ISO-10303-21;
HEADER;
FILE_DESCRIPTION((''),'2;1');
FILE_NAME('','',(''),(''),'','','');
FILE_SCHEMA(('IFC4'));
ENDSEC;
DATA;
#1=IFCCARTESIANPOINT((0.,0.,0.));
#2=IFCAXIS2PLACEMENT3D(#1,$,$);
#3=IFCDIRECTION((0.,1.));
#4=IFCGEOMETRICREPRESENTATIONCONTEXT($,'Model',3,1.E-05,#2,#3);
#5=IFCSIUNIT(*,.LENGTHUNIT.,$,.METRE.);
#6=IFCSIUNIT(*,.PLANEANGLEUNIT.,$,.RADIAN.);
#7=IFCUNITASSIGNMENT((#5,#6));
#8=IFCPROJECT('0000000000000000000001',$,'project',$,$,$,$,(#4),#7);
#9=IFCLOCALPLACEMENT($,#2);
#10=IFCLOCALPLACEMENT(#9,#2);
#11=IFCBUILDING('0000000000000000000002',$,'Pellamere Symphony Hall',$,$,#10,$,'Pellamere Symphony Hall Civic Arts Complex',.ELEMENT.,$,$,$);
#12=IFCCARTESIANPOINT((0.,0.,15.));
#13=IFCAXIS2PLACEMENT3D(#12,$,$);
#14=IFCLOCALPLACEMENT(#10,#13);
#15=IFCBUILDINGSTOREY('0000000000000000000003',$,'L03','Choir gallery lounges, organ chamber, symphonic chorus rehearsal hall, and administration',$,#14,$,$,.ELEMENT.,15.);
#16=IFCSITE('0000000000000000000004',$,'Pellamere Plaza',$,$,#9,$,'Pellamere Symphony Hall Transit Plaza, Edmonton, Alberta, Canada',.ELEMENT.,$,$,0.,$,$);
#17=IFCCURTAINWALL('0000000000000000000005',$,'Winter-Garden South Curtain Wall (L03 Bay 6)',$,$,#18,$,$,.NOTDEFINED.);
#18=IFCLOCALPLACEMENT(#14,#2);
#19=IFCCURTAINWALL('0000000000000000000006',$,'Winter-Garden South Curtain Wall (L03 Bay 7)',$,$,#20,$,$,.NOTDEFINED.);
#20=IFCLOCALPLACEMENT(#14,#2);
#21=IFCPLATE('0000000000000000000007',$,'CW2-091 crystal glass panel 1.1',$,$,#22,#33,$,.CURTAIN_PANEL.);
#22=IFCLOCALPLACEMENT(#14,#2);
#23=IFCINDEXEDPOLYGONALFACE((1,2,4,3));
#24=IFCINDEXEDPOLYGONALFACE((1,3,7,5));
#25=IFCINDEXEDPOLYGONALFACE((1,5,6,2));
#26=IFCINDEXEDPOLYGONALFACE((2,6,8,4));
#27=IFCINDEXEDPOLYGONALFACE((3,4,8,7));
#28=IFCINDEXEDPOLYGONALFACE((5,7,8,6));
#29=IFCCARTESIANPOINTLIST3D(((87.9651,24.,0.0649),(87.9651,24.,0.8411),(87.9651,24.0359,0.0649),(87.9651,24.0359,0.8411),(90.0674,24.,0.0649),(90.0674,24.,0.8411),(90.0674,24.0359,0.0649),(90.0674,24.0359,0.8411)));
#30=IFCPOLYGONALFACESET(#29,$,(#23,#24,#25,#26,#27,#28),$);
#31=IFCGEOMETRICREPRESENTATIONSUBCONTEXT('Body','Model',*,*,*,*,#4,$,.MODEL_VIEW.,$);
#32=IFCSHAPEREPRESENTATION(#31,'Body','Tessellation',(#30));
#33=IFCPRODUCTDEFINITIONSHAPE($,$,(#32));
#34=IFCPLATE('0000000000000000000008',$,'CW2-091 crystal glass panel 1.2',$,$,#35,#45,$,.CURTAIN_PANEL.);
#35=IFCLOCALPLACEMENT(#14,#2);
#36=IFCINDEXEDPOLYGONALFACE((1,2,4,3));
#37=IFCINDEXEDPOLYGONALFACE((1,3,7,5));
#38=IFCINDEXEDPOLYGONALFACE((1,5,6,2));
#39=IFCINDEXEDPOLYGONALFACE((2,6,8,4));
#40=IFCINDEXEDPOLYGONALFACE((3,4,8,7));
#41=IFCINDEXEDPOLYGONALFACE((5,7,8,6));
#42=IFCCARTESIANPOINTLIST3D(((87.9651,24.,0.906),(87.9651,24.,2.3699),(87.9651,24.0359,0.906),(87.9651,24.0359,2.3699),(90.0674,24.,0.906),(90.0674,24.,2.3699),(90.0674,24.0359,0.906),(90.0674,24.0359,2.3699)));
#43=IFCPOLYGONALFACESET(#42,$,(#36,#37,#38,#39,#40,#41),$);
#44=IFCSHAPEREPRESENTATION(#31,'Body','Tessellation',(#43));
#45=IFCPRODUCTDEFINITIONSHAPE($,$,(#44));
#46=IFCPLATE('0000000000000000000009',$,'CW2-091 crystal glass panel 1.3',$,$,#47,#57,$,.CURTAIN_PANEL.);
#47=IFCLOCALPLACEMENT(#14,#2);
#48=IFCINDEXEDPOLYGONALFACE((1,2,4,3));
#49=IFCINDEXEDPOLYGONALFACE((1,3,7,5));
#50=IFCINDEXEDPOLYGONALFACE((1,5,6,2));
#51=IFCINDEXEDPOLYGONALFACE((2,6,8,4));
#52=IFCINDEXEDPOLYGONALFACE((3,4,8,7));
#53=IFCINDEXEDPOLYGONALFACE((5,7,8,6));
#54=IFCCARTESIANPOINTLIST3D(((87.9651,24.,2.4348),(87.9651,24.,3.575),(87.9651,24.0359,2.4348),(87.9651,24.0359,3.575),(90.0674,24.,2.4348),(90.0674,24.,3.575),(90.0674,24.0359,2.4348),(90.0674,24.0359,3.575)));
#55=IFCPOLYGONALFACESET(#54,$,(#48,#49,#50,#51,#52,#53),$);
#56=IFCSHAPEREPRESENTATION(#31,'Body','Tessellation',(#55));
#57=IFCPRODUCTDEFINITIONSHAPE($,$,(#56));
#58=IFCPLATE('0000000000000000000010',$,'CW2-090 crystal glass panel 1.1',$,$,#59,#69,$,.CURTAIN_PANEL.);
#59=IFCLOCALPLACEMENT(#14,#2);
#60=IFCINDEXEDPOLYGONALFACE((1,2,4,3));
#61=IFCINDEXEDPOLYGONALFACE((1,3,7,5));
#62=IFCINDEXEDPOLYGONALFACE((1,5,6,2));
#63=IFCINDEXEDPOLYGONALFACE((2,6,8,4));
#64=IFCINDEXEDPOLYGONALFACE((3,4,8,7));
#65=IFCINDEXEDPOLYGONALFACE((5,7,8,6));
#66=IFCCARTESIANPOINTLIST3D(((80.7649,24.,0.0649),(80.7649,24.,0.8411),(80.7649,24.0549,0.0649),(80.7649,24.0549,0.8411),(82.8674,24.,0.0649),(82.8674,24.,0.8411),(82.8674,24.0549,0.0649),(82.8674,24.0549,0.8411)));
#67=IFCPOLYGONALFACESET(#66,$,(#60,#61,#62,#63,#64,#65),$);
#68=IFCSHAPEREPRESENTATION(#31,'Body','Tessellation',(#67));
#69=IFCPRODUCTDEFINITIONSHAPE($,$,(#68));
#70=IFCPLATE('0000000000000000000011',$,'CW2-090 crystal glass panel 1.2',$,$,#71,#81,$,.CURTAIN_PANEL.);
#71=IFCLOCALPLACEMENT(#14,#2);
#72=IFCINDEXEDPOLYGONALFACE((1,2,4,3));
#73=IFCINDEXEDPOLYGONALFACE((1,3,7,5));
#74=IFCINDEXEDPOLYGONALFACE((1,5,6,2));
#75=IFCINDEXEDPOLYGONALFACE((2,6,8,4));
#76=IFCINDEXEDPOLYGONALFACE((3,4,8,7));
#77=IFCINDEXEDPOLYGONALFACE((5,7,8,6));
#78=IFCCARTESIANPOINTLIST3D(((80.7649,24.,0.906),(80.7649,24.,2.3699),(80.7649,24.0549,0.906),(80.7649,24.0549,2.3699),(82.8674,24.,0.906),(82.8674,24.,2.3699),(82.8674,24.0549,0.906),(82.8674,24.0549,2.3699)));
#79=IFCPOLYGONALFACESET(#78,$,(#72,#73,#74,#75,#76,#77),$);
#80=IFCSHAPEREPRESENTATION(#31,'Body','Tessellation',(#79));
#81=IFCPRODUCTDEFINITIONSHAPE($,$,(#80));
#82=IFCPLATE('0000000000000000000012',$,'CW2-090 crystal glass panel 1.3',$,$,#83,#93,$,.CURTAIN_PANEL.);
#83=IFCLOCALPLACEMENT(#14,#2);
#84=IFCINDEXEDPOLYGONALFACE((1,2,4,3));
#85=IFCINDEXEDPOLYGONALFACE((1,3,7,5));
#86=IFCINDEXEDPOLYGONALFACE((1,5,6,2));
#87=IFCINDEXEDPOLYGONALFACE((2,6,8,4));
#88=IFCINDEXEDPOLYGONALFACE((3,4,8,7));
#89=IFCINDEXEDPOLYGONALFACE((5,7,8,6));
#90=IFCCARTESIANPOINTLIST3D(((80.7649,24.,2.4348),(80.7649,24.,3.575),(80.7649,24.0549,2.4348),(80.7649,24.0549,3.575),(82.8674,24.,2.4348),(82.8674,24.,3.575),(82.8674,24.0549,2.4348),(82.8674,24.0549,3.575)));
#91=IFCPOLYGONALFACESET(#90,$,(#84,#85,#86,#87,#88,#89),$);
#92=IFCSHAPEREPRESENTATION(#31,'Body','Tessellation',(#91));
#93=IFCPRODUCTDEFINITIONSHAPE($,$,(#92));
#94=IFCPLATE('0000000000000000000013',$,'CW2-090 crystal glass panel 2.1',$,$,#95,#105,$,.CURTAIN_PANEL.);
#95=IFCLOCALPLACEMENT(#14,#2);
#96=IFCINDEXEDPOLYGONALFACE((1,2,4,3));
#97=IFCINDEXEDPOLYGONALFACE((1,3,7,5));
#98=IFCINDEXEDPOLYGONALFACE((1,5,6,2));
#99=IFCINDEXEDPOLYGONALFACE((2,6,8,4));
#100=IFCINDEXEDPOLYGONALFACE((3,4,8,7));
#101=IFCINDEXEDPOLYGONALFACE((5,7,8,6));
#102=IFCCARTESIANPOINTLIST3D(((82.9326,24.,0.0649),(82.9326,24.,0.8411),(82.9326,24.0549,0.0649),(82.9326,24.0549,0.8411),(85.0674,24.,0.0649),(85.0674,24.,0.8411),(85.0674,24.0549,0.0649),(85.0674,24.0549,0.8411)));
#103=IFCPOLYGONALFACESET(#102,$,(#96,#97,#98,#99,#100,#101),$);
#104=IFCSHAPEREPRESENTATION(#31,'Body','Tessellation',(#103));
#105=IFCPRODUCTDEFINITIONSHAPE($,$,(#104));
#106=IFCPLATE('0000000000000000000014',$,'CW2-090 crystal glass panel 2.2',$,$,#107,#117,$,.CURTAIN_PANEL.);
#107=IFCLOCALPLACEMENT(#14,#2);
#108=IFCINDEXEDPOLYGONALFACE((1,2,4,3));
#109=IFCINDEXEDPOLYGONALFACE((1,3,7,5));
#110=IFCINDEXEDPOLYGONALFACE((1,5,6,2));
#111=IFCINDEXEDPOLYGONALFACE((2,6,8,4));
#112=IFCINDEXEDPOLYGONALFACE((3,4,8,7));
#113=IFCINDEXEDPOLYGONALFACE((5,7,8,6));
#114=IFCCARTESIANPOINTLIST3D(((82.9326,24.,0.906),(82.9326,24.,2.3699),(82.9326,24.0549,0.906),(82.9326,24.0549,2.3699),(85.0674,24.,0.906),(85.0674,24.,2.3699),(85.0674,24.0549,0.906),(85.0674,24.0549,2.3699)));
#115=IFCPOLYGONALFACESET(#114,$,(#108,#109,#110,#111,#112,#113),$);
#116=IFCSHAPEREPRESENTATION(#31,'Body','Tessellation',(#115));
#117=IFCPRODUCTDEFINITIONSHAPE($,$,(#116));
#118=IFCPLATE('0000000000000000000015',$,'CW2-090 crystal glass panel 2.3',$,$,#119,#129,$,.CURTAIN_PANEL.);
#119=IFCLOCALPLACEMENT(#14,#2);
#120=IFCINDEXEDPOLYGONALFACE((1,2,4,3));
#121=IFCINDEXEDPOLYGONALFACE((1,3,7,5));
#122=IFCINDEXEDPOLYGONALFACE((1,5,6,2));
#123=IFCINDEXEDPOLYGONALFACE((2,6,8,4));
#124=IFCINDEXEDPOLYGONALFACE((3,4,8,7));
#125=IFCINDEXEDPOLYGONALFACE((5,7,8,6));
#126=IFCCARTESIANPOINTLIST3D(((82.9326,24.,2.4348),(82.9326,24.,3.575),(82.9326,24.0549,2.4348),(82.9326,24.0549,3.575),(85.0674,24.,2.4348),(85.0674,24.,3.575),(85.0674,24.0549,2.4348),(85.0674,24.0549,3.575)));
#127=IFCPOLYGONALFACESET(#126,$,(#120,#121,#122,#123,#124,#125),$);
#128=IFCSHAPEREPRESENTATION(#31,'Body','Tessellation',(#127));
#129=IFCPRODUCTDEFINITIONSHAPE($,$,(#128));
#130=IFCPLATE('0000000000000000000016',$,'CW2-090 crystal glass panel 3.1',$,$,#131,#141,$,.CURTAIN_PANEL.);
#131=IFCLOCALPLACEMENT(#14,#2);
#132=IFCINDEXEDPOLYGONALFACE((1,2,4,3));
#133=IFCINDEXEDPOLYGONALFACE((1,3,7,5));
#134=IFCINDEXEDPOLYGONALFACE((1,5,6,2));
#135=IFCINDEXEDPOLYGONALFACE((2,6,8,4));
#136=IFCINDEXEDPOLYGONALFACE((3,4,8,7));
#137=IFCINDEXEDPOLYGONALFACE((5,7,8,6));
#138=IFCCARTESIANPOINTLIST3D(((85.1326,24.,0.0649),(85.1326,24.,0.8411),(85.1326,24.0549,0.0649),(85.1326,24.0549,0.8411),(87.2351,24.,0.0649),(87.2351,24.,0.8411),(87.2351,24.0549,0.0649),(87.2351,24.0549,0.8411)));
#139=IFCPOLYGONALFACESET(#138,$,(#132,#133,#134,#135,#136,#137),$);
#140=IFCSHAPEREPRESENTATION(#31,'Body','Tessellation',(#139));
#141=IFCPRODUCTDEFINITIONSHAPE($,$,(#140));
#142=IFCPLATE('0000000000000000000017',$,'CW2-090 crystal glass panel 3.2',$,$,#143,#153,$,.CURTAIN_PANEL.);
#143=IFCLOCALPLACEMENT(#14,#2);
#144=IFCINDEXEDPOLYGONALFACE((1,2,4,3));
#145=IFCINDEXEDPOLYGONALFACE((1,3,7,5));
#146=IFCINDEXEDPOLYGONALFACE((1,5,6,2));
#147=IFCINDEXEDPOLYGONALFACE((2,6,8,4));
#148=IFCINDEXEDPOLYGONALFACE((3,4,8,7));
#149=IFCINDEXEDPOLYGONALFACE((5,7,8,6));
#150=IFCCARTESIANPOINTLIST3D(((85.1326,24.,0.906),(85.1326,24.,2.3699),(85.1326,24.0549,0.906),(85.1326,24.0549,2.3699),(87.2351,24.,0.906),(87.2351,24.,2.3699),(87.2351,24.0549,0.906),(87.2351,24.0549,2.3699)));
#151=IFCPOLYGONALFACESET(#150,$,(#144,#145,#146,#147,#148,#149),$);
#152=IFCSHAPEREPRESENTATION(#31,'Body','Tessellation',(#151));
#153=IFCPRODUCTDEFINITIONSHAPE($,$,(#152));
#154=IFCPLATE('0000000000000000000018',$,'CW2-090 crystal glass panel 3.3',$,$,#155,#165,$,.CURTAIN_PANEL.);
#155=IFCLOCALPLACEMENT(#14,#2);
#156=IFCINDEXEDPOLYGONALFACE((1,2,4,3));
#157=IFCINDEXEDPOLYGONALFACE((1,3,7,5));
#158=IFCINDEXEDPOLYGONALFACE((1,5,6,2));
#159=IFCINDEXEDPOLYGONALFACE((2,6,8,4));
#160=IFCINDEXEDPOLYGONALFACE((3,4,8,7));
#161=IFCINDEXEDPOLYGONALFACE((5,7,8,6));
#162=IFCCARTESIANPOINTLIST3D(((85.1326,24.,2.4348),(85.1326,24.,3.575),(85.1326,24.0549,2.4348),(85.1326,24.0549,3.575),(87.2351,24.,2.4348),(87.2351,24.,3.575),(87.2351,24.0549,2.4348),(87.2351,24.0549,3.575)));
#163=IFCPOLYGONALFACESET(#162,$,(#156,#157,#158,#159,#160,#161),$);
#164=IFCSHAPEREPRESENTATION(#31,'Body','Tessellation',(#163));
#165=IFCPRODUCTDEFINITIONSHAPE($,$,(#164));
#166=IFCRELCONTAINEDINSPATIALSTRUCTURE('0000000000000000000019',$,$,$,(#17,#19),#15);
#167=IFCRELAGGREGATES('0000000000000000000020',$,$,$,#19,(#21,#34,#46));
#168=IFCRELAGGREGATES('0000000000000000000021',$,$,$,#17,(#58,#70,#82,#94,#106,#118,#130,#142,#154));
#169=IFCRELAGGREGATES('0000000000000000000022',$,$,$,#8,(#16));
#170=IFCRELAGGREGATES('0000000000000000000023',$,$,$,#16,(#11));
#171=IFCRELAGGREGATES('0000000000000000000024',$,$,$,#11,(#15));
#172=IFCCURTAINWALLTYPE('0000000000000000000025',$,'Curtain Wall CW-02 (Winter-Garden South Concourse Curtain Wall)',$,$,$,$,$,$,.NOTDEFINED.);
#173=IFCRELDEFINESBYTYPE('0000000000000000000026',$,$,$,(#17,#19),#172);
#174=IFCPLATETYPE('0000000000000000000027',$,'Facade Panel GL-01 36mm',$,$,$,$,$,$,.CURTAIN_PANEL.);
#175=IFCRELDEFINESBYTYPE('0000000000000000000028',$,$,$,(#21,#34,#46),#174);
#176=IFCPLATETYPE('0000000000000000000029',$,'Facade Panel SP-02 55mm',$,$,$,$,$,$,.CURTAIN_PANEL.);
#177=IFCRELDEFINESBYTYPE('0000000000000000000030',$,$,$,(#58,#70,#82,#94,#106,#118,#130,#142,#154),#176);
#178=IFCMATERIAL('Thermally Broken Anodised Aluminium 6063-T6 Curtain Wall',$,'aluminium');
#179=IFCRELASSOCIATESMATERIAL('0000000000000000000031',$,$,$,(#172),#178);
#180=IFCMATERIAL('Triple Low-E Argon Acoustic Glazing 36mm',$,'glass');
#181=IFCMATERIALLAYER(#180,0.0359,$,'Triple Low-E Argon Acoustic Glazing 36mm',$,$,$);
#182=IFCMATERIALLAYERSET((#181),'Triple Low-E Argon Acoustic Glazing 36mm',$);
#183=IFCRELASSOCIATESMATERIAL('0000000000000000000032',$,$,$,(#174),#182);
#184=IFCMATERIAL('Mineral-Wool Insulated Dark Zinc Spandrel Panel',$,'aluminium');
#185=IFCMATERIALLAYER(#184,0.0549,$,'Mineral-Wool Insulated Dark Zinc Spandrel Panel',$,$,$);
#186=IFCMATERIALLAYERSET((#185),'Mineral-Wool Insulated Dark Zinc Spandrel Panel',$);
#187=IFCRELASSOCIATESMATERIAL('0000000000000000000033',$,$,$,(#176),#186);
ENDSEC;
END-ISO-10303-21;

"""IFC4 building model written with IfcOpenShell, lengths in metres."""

from ifc_helpers import new_model, si_unit, direction, frame, origin, place, context, subcontext, project, spatial, polyline, outline, extrude, material, layer, layer_set, type_object, element, aggregate, save


model = new_model("IFC4")

# Units and contexts
model_context = context("Model", 3, precision=1e-05, world=origin(), true_north=direction((0.0, 1.0)))
body_context = subcontext(model_context, "Body", "Model", "MODEL_VIEW")
ifc_project = project(units=[si_unit("LENGTHUNIT", "METRE"), si_unit("PLANEANGLEUNIT", "RADIAN")], contexts=[model_context])

# Site, building, storey
site_placement = place(None, origin())
site = spatial("IfcSite", under=ifc_project, at=site_placement, Name="Pellamere Plaza", LongName="Pellamere Symphony Hall Transit Plaza, Edmonton, Alberta, Canada", CompositionType="ELEMENT", RefElevation=0.0)
building_placement = place(site_placement, origin())
building = spatial("IfcBuilding", under=site, at=building_placement, Name="Pellamere Symphony Hall", LongName="Pellamere Symphony Hall Civic Arts Complex", CompositionType="ELEMENT")
storey_placement = place(building_placement, frame((0.0, 0.0, 15.0)))
storey = spatial("IfcBuildingStorey", under=building, at=storey_placement, Name="L03", Description="Choir gallery lounges, organ chamber, symphonic chorus rehearsal hall, and administration", CompositionType="ELEMENT", Elevation=15.0)

# Curtain walls
ifc_material_1 = material(Name="Thermally Broken Anodised Aluminium 6063-T6 Curtain Wall", Category="aluminium")
curtain_wall_type = type_object("IfcCurtainWallType", Name="Curtain Wall CW-02 (Winter-Garden South Concourse Curtain Wall)", PredefinedType="NOTDEFINED", material=ifc_material_1)
curtain_wall_1_placement = place(storey_placement, origin())
curtain_wall_1 = element("IfcCurtainWall", 1, at=curtain_wall_1_placement, inside=storey, type_object=curtain_wall_type, Name="Winter-Garden South Curtain Wall (L03 Bay 6)", PredefinedType="NOTDEFINED")
curtain_wall_2_placement = place(storey_placement, origin())
curtain_wall_2 = element("IfcCurtainWall", 2, at=curtain_wall_2_placement, inside=storey, type_object=curtain_wall_type, Name="Winter-Garden South Curtain Wall (L03 Bay 7)", PredefinedType="NOTDEFINED")

# Plates
ifc_material_2 = material(Name="Triple Low-E Argon Acoustic Glazing 36mm", Category="glass")
ifc_layer_1 = layer(ifc_material_2, 0.0359, Name="Triple Low-E Argon Acoustic Glazing 36mm")
ifc_layer_set_1 = layer_set([ifc_layer_1], Name="Triple Low-E Argon Acoustic Glazing 36mm")
plate_type_1 = type_object("IfcPlateType", Name="Facade Panel GL-01 36mm", PredefinedType="CURTAIN_PANEL", material=ifc_layer_set_1)
plate_1_placement = place(storey_placement, frame((87.9651, 24.0, 0.0649), z_axis=(0.0, -1.0, 0.0), x_axis=(1.0, 0.0, 0.0)))
plate_1 = element("IfcPlate", 3, at=plate_1_placement, type_object=plate_type_1, Name="CW2-091 crystal glass panel 1.1", PredefinedType="CURTAIN_PANEL", context=body_context, shape_type="SweptSolid", body=[
    extrude(outline(polyline([(0.0, 0.0), (2.1023, 0.0), (2.1023, 0.7761), (0.0, 0.7761), (0.0, 0.0)])), origin(), (0.0, 0.0, -1.0), 0.0359),
])
plate_2_placement = place(storey_placement, frame((87.9651, 24.0, 0.906), z_axis=(0.0, -1.0, 0.0), x_axis=(1.0, 0.0, 0.0)))
plate_2 = element("IfcPlate", 4, at=plate_2_placement, type_object=plate_type_1, Name="CW2-091 crystal glass panel 1.2", PredefinedType="CURTAIN_PANEL", context=body_context, shape_type="SweptSolid", body=[
    extrude(outline(polyline([(0.0, 0.0), (2.1023, 0.0), (2.1023, 1.4639), (0.0, 1.4639), (0.0, 0.0)])), origin(), (0.0, 0.0, -1.0), 0.0359),
])
plate_3_placement = place(storey_placement, frame((87.9651, 24.0, 2.4348), z_axis=(0.0, -1.0, 0.0), x_axis=(1.0, 0.0, 0.0)))
plate_3 = element("IfcPlate", 5, at=plate_3_placement, type_object=plate_type_1, Name="CW2-091 crystal glass panel 1.3", PredefinedType="CURTAIN_PANEL", context=body_context, shape_type="SweptSolid", body=[
    extrude(outline(polyline([(0.0, 0.0), (2.1023, 0.0), (2.1023, 1.1401), (0.0, 1.1401), (0.0, 0.0)])), origin(), (0.0, 0.0, -1.0), 0.0359),
])
aggregate(curtain_wall_2, [plate_1, plate_2, plate_3])
ifc_material_3 = material(Name="Mineral-Wool Insulated Dark Zinc Spandrel Panel", Category="aluminium")
ifc_layer_2 = layer(ifc_material_3, 0.0549, Name="Mineral-Wool Insulated Dark Zinc Spandrel Panel")
ifc_layer_set_2 = layer_set([ifc_layer_2], Name="Mineral-Wool Insulated Dark Zinc Spandrel Panel")
plate_type_2 = type_object("IfcPlateType", Name="Facade Panel SP-02 55mm", PredefinedType="CURTAIN_PANEL", material=ifc_layer_set_2)
plate_4_placement = place(storey_placement, frame((80.7649, 24.0, 0.0649), z_axis=(0.0, -1.0, 0.0), x_axis=(1.0, 0.0, 0.0)))
plate_4 = element("IfcPlate", 6, at=plate_4_placement, type_object=plate_type_2, Name="CW2-090 crystal glass panel 1.1", PredefinedType="CURTAIN_PANEL", context=body_context, shape_type="SweptSolid", body=[
    extrude(outline(polyline([(0.0, 0.0), (2.1025, 0.0), (2.1025, 0.7761), (0.0, 0.7761), (0.0, 0.0)])), origin(), (0.0, 0.0, -1.0), 0.0549),
])
plate_5_placement = place(storey_placement, frame((80.7649, 24.0, 0.906), z_axis=(0.0, -1.0, 0.0), x_axis=(1.0, 0.0, 0.0)))
plate_5 = element("IfcPlate", 7, at=plate_5_placement, type_object=plate_type_2, Name="CW2-090 crystal glass panel 1.2", PredefinedType="CURTAIN_PANEL", context=body_context, shape_type="SweptSolid", body=[
    extrude(outline(polyline([(0.0, 0.0), (2.1025, 0.0), (2.1025, 1.4639), (0.0, 1.4639), (0.0, 0.0)])), origin(), (0.0, 0.0, -1.0), 0.0549),
])
plate_6_placement = place(storey_placement, frame((80.7649, 24.0, 2.4348), z_axis=(0.0, -1.0, 0.0), x_axis=(1.0, 0.0, 0.0)))
plate_6 = element("IfcPlate", 8, at=plate_6_placement, type_object=plate_type_2, Name="CW2-090 crystal glass panel 1.3", PredefinedType="CURTAIN_PANEL", context=body_context, shape_type="SweptSolid", body=[
    extrude(outline(polyline([(0.0, 0.0), (2.1025, 0.0), (2.1025, 1.1401), (0.0, 1.1401), (0.0, 0.0)])), origin(), (0.0, 0.0, -1.0), 0.0549),
])
plate_7_placement = place(storey_placement, frame((82.9326, 24.0, 0.0649), z_axis=(0.0, -1.0, 0.0), x_axis=(1.0, 0.0, 0.0)))
plate_7 = element("IfcPlate", 9, at=plate_7_placement, type_object=plate_type_2, Name="CW2-090 crystal glass panel 2.1", PredefinedType="CURTAIN_PANEL", context=body_context, shape_type="SweptSolid", body=[
    extrude(outline(polyline([(0.0, 0.0), (2.1348, 0.0), (2.1348, 0.7761), (0.0, 0.7761), (0.0, 0.0)])), origin(), (0.0, 0.0, -1.0), 0.0549),
])
plate_8_placement = place(storey_placement, frame((82.9326, 24.0, 0.906), z_axis=(0.0, -1.0, 0.0), x_axis=(1.0, 0.0, 0.0)))
plate_8 = element("IfcPlate", 10, at=plate_8_placement, type_object=plate_type_2, Name="CW2-090 crystal glass panel 2.2", PredefinedType="CURTAIN_PANEL", context=body_context, shape_type="SweptSolid", body=[
    extrude(outline(polyline([(0.0, 0.0), (2.1348, 0.0), (2.1348, 1.4639), (0.0, 1.4639), (0.0, 0.0)])), origin(), (0.0, 0.0, -1.0), 0.0549),
])
plate_9_placement = place(storey_placement, frame((82.9326, 24.0, 2.4348), z_axis=(0.0, -1.0, 0.0), x_axis=(1.0, 0.0, 0.0)))
plate_9 = element("IfcPlate", 11, at=plate_9_placement, type_object=plate_type_2, Name="CW2-090 crystal glass panel 2.3", PredefinedType="CURTAIN_PANEL", context=body_context, shape_type="SweptSolid", body=[
    extrude(outline(polyline([(0.0, 0.0), (2.1348, 0.0), (2.1348, 1.1401), (0.0, 1.1401), (0.0, 0.0)])), origin(), (0.0, 0.0, -1.0), 0.0549),
])
plate_10_placement = place(storey_placement, frame((85.1326, 24.0, 0.0649), z_axis=(0.0, -1.0, 0.0), x_axis=(1.0, 0.0, 0.0)))
plate_10 = element("IfcPlate", 12, at=plate_10_placement, type_object=plate_type_2, Name="CW2-090 crystal glass panel 3.1", PredefinedType="CURTAIN_PANEL", context=body_context, shape_type="SweptSolid", body=[
    extrude(outline(polyline([(0.0, 0.0), (2.1025, 0.0), (2.1025, 0.7761), (0.0, 0.7761), (0.0, 0.0)])), origin(), (0.0, 0.0, -1.0), 0.0549),
])
plate_11_placement = place(storey_placement, frame((85.1326, 24.0, 0.906), z_axis=(0.0, -1.0, 0.0), x_axis=(1.0, 0.0, 0.0)))
plate_11 = element("IfcPlate", 13, at=plate_11_placement, type_object=plate_type_2, Name="CW2-090 crystal glass panel 3.2", PredefinedType="CURTAIN_PANEL", context=body_context, shape_type="SweptSolid", body=[
    extrude(outline(polyline([(0.0, 0.0), (2.1025, 0.0), (2.1025, 1.4639), (0.0, 1.4639), (0.0, 0.0)])), origin(), (0.0, 0.0, -1.0), 0.0549),
])
plate_12_placement = place(storey_placement, frame((85.1326, 24.0, 2.4348), z_axis=(0.0, -1.0, 0.0), x_axis=(1.0, 0.0, 0.0)))
plate_12 = element("IfcPlate", 14, at=plate_12_placement, type_object=plate_type_2, Name="CW2-090 crystal glass panel 3.3", PredefinedType="CURTAIN_PANEL", context=body_context, shape_type="SweptSolid", body=[
    extrude(outline(polyline([(0.0, 0.0), (2.1025, 0.0), (2.1025, 1.1401), (0.0, 1.1401), (0.0, 0.0)])), origin(), (0.0, 0.0, -1.0), 0.0549),
])
aggregate(curtain_wall_1, [plate_4, plate_5, plate_6, plate_7, plate_8, plate_9, plate_10, plate_11, plate_12])

save(model, "model.ifc")
